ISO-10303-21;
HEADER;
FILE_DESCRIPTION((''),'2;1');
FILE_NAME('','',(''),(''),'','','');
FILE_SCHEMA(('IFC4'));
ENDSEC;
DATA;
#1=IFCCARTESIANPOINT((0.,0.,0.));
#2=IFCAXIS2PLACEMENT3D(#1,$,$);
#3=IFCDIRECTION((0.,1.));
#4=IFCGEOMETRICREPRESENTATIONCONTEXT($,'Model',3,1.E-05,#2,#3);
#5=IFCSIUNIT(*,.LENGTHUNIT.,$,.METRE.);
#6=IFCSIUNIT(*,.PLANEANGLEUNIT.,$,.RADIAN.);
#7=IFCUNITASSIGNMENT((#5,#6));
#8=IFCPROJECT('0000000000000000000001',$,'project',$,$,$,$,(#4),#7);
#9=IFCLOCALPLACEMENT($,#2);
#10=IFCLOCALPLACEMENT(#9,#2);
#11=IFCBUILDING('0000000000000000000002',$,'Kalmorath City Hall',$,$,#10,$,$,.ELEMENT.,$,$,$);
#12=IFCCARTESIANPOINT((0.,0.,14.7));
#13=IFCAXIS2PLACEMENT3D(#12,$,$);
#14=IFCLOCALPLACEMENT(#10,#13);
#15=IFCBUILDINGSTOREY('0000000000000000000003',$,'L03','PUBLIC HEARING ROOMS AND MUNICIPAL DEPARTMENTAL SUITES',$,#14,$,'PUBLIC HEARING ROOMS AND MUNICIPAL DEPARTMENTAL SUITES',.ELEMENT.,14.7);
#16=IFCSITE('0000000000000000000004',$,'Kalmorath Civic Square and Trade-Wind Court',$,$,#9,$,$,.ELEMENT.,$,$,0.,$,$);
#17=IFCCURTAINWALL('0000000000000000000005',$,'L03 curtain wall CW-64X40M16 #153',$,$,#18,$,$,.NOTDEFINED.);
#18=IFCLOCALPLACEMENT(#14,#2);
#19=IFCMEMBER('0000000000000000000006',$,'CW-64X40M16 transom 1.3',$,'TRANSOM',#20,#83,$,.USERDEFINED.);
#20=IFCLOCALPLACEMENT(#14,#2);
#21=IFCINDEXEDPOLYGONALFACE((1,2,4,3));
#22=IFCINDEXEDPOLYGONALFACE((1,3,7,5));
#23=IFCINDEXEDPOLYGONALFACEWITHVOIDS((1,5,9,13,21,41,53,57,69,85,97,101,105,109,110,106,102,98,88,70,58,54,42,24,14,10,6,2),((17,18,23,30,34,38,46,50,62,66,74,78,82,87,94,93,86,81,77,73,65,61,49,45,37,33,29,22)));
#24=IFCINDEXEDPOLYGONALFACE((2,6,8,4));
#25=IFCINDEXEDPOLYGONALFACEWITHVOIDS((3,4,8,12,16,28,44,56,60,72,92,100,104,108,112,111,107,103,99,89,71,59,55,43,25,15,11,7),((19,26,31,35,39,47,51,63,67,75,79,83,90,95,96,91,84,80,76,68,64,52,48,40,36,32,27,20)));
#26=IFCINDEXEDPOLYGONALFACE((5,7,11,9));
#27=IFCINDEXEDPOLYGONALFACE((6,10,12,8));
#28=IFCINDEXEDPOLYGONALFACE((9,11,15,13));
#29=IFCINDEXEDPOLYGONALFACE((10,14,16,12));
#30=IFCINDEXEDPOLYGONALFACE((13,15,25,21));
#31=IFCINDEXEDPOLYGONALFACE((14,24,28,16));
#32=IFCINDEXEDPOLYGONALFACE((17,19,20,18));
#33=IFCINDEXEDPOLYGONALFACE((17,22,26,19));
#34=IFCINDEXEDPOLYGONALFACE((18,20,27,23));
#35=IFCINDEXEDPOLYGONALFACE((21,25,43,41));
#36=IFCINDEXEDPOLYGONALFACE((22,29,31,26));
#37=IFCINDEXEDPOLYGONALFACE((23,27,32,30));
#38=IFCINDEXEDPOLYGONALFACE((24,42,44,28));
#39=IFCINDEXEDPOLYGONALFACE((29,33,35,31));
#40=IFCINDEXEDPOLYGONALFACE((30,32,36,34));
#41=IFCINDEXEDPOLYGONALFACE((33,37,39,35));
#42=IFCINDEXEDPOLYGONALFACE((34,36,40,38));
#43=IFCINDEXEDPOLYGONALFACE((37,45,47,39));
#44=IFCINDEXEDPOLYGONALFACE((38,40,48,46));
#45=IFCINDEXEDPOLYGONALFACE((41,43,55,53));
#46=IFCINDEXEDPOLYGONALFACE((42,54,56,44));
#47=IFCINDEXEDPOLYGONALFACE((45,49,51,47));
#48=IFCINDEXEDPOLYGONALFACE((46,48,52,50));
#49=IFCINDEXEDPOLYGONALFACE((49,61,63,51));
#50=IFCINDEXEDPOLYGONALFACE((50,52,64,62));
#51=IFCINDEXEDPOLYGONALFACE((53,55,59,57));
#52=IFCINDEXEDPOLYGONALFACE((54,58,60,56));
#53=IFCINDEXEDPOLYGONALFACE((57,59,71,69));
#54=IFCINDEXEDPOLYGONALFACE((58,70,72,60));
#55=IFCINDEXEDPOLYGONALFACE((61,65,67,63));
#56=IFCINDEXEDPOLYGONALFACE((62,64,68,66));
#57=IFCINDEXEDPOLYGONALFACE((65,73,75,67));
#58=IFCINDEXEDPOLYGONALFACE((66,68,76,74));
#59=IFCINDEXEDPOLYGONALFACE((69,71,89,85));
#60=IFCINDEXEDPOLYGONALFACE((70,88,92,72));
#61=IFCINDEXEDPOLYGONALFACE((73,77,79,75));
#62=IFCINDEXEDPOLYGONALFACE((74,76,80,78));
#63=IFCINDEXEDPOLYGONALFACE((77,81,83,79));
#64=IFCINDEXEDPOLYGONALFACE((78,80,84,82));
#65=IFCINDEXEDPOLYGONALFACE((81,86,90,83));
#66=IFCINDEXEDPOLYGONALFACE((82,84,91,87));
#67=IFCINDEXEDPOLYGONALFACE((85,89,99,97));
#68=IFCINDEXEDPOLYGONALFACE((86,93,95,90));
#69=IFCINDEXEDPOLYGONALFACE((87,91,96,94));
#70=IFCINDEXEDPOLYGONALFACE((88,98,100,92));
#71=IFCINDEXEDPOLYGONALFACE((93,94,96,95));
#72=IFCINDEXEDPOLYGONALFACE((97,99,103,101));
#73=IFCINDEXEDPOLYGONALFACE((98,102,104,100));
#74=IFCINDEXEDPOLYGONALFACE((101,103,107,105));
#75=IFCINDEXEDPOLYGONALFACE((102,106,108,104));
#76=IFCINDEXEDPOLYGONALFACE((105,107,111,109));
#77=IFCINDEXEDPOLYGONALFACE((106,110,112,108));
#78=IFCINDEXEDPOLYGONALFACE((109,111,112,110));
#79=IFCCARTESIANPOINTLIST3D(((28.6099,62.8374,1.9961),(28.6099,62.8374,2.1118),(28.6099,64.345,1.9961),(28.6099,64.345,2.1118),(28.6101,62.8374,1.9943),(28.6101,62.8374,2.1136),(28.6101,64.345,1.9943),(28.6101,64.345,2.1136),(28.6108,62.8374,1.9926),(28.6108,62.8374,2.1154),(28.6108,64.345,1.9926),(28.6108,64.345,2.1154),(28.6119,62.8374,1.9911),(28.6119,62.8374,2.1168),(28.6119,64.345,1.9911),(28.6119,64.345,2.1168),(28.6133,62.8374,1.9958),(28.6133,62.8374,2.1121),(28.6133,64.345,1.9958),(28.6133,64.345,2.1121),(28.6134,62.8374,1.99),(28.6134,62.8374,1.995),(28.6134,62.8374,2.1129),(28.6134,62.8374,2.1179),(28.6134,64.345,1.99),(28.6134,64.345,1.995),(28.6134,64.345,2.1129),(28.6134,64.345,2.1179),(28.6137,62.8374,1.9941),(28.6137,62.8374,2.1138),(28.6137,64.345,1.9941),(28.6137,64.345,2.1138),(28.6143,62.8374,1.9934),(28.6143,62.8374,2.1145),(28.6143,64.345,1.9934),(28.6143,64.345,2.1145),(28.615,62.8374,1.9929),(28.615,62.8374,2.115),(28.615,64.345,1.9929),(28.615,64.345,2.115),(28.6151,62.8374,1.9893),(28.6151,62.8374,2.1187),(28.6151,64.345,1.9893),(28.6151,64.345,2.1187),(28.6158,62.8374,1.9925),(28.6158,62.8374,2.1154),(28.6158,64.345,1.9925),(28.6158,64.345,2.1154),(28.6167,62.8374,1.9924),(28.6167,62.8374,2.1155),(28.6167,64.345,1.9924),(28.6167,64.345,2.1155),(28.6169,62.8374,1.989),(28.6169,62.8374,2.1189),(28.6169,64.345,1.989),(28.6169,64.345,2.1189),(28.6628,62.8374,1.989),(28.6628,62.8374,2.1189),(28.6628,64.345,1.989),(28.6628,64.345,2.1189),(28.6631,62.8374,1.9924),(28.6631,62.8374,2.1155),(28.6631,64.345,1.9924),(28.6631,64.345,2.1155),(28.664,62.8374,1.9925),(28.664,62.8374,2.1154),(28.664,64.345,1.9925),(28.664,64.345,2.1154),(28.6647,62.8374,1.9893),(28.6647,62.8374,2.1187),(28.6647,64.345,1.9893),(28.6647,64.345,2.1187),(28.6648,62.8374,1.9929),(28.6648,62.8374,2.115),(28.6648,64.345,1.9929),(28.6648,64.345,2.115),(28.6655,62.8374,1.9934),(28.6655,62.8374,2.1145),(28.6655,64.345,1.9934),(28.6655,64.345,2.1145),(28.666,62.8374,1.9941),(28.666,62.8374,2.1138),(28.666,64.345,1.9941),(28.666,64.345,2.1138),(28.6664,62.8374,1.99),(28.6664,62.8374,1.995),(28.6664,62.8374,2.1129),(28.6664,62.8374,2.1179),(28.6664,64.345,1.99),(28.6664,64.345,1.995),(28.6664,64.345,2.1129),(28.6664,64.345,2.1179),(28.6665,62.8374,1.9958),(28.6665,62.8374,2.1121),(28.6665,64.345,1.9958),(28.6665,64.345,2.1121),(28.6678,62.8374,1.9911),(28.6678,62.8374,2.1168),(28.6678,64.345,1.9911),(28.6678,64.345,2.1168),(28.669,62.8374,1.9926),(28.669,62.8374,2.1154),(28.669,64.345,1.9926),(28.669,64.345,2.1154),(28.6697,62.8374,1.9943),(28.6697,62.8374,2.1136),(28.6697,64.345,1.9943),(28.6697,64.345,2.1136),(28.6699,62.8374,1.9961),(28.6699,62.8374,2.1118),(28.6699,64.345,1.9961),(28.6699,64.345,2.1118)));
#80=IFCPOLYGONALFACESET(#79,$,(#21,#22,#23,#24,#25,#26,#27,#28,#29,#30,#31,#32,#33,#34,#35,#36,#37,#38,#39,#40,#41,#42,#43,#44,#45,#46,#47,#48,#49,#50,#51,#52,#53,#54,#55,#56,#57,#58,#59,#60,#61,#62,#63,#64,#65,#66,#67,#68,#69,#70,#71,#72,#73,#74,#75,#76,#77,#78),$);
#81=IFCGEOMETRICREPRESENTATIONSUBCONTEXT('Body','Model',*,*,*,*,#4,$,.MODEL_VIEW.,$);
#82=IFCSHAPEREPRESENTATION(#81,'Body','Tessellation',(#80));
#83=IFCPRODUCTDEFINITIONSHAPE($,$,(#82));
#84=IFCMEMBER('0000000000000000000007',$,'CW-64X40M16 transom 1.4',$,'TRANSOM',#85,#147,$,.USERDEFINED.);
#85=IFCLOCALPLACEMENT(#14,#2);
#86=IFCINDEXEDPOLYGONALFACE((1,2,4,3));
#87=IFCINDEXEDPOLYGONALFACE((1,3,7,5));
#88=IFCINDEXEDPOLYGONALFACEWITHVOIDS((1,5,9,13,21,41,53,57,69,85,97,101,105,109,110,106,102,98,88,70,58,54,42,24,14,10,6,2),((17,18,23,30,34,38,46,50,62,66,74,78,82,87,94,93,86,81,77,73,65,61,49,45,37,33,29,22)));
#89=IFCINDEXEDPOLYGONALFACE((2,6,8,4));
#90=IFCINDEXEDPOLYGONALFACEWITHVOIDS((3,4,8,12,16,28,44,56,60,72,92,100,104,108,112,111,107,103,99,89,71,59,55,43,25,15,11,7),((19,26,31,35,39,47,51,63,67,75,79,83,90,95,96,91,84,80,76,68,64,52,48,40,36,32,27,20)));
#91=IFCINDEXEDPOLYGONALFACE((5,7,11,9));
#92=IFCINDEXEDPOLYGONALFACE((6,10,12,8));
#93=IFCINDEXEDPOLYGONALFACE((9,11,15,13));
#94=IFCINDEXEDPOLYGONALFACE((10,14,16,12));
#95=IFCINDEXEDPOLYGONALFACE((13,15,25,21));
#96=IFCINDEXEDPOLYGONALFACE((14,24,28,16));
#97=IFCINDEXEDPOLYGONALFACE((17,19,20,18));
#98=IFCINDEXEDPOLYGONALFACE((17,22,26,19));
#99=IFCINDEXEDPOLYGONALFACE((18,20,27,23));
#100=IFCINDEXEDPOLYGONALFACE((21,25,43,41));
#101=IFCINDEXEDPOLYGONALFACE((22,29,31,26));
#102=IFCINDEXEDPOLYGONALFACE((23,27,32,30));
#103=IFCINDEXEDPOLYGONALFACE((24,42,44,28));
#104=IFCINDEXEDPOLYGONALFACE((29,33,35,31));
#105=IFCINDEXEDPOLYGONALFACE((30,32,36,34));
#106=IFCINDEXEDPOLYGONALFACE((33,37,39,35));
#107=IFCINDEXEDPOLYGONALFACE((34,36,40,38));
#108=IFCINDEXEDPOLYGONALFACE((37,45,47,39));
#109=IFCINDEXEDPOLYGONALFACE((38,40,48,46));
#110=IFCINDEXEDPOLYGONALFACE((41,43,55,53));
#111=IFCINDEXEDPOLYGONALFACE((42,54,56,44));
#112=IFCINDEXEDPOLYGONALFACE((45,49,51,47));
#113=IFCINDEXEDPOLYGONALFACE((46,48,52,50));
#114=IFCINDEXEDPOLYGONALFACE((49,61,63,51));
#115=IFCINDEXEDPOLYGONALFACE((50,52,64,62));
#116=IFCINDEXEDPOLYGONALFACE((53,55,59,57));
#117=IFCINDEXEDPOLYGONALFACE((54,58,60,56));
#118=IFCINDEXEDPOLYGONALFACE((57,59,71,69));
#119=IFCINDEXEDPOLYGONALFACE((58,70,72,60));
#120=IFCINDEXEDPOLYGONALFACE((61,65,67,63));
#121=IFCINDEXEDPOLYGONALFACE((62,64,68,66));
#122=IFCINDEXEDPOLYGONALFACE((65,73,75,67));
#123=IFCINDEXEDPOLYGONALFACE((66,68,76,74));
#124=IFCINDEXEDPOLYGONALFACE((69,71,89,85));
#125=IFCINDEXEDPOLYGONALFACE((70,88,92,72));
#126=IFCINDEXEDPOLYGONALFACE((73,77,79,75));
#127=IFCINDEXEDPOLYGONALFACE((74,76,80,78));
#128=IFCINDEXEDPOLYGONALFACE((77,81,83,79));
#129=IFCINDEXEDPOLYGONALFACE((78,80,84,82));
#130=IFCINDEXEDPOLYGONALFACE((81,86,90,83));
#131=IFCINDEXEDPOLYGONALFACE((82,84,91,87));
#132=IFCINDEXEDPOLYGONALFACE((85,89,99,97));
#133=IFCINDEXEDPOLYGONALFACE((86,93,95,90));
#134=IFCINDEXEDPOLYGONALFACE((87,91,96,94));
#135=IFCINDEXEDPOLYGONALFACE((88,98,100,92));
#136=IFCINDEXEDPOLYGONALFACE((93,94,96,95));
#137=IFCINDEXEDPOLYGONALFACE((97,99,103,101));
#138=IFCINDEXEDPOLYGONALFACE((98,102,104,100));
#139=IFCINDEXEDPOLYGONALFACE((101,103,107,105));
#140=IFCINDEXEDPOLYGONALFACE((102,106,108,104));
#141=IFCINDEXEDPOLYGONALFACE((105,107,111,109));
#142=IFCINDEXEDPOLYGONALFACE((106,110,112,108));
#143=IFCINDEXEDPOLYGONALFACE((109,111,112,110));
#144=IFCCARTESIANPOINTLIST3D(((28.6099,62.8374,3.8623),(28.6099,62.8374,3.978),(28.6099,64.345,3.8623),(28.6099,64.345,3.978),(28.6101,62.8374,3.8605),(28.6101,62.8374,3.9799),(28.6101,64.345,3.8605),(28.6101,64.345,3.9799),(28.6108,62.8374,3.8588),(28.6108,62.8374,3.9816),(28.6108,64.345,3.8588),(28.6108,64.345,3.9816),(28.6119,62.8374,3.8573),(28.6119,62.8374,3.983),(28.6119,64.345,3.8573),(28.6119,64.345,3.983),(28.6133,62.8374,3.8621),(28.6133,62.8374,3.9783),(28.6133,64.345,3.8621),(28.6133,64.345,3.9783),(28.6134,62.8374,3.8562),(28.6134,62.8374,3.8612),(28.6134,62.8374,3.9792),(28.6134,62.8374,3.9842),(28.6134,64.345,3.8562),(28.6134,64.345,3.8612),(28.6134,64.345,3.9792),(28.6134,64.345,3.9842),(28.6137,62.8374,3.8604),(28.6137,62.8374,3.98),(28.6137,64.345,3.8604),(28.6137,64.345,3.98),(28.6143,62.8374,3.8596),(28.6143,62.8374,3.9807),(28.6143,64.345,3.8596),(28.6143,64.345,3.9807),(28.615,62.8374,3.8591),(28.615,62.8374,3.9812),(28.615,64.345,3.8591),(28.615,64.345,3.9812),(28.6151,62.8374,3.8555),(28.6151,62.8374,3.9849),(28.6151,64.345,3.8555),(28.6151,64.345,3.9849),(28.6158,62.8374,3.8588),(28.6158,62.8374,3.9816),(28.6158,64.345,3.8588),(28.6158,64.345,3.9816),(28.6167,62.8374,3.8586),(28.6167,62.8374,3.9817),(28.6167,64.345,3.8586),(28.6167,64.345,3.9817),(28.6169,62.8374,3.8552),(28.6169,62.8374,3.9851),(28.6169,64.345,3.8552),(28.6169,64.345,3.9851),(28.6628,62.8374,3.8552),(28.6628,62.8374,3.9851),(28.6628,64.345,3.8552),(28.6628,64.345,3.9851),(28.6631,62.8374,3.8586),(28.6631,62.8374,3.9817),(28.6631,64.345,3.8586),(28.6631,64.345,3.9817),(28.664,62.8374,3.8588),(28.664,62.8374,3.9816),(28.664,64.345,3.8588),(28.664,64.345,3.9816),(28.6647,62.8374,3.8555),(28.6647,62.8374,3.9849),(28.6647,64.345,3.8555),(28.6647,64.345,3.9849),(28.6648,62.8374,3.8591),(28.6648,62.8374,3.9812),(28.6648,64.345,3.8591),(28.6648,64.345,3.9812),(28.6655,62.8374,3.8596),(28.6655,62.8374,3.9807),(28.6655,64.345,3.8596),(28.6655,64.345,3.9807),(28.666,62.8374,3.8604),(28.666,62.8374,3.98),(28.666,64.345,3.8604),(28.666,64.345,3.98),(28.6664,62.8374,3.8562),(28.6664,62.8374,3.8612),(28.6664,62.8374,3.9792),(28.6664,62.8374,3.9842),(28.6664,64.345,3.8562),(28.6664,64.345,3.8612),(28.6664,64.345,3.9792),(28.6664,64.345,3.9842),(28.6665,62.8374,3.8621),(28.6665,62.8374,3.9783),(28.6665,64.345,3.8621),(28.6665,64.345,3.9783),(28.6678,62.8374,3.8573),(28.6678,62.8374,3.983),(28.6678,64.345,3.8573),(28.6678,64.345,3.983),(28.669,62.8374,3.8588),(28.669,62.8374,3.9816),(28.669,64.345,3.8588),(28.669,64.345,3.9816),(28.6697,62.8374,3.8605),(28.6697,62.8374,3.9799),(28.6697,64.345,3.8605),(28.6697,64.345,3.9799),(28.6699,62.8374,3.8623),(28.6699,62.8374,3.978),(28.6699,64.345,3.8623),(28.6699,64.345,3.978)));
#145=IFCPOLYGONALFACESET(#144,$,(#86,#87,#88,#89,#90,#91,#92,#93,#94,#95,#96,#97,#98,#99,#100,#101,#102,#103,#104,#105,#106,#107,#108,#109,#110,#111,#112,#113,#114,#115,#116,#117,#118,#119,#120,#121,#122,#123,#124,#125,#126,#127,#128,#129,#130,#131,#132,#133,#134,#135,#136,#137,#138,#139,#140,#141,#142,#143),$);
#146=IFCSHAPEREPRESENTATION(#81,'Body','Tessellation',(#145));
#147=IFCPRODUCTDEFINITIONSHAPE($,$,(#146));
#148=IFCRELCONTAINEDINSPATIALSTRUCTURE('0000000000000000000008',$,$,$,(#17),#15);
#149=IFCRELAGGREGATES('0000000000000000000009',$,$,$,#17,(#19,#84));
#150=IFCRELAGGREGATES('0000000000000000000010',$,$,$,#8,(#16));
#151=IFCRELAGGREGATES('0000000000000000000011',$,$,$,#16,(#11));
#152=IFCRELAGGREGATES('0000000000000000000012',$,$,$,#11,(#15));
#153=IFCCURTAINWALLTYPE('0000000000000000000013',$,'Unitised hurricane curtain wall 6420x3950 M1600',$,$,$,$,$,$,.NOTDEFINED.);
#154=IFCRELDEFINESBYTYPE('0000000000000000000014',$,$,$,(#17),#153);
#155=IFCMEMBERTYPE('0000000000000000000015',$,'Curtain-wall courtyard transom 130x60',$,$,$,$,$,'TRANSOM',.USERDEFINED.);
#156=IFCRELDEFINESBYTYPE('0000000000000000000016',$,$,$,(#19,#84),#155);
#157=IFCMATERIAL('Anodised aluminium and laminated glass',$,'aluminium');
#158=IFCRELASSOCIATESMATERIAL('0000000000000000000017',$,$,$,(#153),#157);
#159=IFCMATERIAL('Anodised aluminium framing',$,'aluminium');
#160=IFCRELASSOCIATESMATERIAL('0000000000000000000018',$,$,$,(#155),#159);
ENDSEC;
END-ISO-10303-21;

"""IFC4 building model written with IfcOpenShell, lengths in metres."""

from ifc_helpers import new_model, si_unit, direction, frame, origin, origin_2d, place, context, subcontext, project, spatial, hollow_rectangle, extrude, material, material_profile, profile_set, type_object, element, aggregate, save


model = new_model("IFC4")

# Units and contexts
model_context = context("Model", 3, precision=1e-05, world=origin(), true_north=direction((0.0, 1.0)))
body_context = subcontext(model_context, "Body", "Model", "MODEL_VIEW")
ifc_project = project(units=[si_unit("LENGTHUNIT", "METRE"), si_unit("PLANEANGLEUNIT", "RADIAN")], contexts=[model_context])

# Site, building, storey
site_placement = place(None, origin())
site = spatial("IfcSite", under=ifc_project, at=site_placement, Name="Kalmorath Civic Square and Trade-Wind Court", CompositionType="ELEMENT", RefElevation=0.0)
building_placement = place(site_placement, origin())
building = spatial("IfcBuilding", under=site, at=building_placement, Name="Kalmorath City Hall", CompositionType="ELEMENT")
storey_placement = place(building_placement, frame((0.0, 0.0, 14.7)))
storey = spatial("IfcBuildingStorey", under=building, at=storey_placement, Name="L03", Description="PUBLIC HEARING ROOMS AND MUNICIPAL DEPARTMENTAL SUITES", LongName="PUBLIC HEARING ROOMS AND MUNICIPAL DEPARTMENTAL SUITES", CompositionType="ELEMENT", Elevation=14.7)

# Curtain wall, members
ifc_material_1 = material(Name="Anodised aluminium and laminated glass", Category="aluminium")
curtain_wall_type = type_object("IfcCurtainWallType", Name="Unitised hurricane curtain wall 6420x3950 M1600", PredefinedType="NOTDEFINED", material=ifc_material_1)
curtain_wall_placement = place(storey_placement, origin())
curtain_wall = element("IfcCurtainWall", 1, at=curtain_wall_placement, inside=storey, type_object=curtain_wall_type, Name="L03 curtain wall CW-64X40M16 #153", PredefinedType="NOTDEFINED")
ifc_material_2 = material(Name="Anodised aluminium framing", Category="aluminium")
ifc_material_profile_1 = material_profile(ifc_material_2, hollow_rectangle(XDim=0.0601, YDim=0.1299, WallThickness=0.0034, InnerFilletRadius=0.0034, OuterFilletRadius=0.0071, at=origin_2d()), Name="ALU-TRN-130X60X3.5")
ifc_profile_set_1 = profile_set([ifc_material_profile_1], Name="Anodised aluminium framing")
member_type_1 = type_object("IfcMemberType", Name="Curtain-wall courtyard transom 130x60", ElementType="TRANSOM", PredefinedType="USERDEFINED", material=ifc_profile_set_1)
member_1_placement = place(storey_placement, frame((28.6399, 64.345, 2.054), z_axis=(0.0, -1.0, 0.0), x_axis=(1.0, 0.0, 0.0)))
member_1 = element("IfcMember", 2, at=member_1_placement, type_object=member_type_1, Name="CW-64X40M16 transom 1.3", ObjectType="TRANSOM", PredefinedType="USERDEFINED", context=body_context, shape_type="SweptSolid", body=[
    extrude(hollow_rectangle(XDim=0.0601, YDim=0.1299, WallThickness=0.0034, InnerFilletRadius=0.0034, OuterFilletRadius=0.0071, at=origin_2d()), origin(), (0.0, 0.0, 1.0), 1.5076),
])
member_2_placement = place(storey_placement, frame((28.6399, 64.345, 3.9202), z_axis=(0.0, -1.0, 0.0), x_axis=(1.0, 0.0, 0.0)))
member_2 = element("IfcMember", 3, at=member_2_placement, type_object=member_type_1, Name="CW-64X40M16 transom 1.4", ObjectType="TRANSOM", PredefinedType="USERDEFINED", context=body_context, shape_type="SweptSolid", body=[
    extrude(hollow_rectangle(XDim=0.0601, YDim=0.1299, WallThickness=0.0034, InnerFilletRadius=0.0034, OuterFilletRadius=0.0071, at=origin_2d()), origin(), (0.0, 0.0, 1.0), 1.5076),
])

aggregate(curtain_wall, [member_1, member_2])

save(model, "model.ifc")
